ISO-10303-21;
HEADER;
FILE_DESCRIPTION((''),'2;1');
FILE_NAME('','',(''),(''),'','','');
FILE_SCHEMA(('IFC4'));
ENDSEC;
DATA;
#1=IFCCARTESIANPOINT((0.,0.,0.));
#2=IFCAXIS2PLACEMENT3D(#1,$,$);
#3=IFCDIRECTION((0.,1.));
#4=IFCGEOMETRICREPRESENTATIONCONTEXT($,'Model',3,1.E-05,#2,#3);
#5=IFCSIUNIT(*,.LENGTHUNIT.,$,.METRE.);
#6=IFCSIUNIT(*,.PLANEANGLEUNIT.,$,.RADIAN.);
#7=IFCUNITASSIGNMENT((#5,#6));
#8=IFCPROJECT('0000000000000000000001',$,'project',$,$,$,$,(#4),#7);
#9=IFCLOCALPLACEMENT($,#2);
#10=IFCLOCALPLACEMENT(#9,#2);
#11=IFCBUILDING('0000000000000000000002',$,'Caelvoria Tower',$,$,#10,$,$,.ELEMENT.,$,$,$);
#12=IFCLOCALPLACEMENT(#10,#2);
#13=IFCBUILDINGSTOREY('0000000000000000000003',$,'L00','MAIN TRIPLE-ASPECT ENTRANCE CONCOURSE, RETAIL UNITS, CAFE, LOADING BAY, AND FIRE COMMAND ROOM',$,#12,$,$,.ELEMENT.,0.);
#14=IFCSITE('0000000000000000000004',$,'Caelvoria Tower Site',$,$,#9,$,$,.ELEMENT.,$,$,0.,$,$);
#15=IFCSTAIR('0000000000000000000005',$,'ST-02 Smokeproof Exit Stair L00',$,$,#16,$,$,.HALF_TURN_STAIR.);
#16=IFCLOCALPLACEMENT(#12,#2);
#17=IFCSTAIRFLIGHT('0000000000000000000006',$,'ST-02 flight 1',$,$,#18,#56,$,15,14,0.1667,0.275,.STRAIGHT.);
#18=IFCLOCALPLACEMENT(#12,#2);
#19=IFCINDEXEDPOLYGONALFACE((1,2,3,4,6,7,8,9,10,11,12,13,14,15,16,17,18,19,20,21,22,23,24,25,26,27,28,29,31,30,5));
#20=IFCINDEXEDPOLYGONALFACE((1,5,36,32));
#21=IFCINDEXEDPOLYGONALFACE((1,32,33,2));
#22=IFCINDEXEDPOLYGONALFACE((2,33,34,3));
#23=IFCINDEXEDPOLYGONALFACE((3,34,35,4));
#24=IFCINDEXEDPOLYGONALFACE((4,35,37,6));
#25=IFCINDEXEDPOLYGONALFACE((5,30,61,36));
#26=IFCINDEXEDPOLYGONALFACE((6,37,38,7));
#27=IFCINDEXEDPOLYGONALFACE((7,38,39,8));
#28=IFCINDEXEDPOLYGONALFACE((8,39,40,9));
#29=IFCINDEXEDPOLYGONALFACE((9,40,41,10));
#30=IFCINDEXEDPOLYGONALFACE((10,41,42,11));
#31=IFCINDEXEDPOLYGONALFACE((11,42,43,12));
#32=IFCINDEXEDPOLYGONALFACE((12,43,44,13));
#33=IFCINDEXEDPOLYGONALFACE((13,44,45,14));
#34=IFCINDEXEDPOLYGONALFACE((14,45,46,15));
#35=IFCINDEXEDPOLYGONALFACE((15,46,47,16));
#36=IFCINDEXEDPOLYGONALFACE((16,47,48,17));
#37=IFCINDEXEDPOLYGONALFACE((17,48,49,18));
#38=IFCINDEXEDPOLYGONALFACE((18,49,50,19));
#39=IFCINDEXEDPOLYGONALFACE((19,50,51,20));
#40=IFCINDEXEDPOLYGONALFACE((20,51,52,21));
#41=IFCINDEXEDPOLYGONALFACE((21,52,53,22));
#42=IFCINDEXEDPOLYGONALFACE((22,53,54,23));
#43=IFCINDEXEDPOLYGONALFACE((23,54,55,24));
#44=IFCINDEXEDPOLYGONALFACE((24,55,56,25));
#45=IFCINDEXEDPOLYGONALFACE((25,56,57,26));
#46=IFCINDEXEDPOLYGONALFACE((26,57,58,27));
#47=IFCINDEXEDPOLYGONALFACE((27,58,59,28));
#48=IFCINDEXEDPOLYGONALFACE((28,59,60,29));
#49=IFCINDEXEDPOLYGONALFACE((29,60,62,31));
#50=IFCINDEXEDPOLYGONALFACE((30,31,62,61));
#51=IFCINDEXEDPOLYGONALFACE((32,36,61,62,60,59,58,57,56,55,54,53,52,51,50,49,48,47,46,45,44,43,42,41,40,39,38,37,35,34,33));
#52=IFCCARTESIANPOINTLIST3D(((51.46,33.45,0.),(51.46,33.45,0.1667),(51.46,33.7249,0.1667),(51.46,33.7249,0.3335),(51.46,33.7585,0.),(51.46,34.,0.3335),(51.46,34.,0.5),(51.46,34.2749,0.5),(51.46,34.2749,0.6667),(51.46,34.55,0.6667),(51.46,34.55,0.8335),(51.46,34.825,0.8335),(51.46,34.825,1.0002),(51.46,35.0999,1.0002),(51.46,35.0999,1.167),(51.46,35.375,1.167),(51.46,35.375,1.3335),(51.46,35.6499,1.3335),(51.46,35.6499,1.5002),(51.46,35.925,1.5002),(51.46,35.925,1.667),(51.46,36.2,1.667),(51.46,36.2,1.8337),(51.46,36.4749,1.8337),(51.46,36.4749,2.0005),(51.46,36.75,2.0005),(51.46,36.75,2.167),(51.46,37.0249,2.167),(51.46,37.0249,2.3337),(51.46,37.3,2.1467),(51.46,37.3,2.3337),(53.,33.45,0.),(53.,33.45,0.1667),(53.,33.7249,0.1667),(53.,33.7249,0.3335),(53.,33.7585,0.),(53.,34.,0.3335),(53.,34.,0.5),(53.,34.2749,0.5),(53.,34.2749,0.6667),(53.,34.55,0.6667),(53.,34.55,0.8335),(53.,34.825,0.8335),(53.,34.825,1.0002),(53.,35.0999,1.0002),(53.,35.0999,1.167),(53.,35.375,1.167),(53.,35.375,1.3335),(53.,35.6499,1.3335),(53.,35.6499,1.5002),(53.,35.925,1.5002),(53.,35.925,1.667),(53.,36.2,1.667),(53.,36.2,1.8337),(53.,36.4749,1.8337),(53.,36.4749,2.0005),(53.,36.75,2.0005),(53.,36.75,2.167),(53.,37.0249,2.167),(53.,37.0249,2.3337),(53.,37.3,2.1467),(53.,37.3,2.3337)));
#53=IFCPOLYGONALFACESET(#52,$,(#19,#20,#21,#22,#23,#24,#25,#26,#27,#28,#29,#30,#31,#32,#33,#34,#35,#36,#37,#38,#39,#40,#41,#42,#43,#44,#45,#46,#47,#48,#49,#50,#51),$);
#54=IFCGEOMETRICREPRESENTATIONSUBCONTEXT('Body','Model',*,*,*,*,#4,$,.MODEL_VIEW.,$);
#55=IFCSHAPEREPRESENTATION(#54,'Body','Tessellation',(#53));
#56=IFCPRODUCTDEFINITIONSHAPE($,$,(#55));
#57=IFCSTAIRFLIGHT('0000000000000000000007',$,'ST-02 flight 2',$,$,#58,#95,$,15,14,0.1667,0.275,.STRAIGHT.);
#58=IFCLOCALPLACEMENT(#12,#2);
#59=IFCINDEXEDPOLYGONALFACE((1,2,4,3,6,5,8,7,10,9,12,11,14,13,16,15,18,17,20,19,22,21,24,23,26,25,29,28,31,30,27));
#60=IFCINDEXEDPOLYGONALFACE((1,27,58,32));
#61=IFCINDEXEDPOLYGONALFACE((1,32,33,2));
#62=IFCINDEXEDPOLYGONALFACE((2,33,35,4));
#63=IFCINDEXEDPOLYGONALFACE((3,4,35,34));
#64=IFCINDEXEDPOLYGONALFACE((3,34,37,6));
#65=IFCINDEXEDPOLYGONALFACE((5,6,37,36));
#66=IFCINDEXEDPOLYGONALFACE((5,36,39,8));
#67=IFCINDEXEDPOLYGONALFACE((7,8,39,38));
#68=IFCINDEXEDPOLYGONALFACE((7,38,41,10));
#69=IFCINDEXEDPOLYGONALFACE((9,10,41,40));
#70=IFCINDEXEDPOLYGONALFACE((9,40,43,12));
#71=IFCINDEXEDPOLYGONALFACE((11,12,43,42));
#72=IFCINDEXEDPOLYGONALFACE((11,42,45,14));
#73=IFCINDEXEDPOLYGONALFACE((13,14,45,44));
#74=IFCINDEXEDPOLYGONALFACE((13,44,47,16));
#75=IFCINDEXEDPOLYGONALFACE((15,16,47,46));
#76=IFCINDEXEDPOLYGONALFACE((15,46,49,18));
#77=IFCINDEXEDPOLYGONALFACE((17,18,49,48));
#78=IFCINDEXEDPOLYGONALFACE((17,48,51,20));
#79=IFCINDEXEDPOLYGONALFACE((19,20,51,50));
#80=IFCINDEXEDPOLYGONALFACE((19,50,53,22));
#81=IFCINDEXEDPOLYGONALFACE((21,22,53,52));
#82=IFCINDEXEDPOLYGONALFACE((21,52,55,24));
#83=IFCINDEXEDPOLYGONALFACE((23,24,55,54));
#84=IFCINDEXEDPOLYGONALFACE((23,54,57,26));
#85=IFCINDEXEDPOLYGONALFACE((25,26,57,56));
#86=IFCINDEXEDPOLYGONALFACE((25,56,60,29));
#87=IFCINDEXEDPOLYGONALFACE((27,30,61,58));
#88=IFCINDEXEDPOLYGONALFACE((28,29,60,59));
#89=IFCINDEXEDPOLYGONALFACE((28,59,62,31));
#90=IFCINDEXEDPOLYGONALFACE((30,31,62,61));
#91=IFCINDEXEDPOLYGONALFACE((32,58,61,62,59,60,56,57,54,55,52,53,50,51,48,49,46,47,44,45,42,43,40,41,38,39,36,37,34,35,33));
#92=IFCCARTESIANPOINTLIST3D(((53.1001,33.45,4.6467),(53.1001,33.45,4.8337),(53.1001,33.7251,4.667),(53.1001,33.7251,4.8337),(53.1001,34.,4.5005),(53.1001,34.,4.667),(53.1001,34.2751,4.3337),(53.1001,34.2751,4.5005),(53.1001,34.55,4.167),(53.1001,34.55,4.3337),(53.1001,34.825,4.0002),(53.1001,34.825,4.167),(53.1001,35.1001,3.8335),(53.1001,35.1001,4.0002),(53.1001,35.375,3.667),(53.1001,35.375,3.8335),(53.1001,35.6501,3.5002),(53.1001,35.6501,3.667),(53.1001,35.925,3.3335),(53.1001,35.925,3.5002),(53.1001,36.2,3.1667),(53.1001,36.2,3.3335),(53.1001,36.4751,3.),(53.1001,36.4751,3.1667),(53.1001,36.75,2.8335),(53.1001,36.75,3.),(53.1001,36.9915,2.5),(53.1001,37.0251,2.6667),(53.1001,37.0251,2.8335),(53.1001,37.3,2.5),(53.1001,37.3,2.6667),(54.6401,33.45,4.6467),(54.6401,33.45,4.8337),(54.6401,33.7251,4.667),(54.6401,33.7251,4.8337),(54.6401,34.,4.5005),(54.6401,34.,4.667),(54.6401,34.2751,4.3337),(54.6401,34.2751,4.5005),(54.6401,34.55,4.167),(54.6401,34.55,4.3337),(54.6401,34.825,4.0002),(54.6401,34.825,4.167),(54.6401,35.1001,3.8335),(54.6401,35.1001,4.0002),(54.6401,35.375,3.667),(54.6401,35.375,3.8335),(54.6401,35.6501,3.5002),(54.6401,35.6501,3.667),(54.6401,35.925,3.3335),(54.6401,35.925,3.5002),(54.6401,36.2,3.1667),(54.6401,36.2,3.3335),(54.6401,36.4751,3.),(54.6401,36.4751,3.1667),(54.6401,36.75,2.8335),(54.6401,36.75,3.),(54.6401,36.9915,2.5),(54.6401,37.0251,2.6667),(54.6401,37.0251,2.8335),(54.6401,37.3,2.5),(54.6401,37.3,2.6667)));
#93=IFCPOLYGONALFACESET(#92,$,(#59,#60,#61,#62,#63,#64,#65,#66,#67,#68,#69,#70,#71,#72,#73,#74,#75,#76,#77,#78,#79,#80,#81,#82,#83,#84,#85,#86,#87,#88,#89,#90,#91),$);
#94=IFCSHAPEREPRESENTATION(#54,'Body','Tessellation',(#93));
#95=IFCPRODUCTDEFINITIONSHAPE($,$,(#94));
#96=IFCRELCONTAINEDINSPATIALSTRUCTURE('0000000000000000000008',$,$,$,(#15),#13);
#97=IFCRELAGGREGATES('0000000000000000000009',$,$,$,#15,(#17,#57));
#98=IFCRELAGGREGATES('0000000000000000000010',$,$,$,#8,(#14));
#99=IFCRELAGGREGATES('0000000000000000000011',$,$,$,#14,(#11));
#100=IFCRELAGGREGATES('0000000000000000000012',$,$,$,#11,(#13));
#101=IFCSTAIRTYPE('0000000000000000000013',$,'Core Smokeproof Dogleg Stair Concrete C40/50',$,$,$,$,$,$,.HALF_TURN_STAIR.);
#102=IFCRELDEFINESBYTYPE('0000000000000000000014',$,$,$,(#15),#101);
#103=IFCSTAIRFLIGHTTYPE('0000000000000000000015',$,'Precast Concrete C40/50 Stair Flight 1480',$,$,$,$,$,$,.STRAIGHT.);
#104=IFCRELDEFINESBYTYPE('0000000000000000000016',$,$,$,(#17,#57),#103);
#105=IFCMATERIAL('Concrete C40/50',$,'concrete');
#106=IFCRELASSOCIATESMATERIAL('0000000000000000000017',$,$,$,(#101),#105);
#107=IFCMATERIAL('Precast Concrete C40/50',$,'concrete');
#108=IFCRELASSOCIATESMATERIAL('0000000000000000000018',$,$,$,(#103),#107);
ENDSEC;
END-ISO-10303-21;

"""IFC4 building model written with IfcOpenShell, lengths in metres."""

from ifc_helpers import new_model, si_unit, direction, frame, origin, place, context, subcontext, project, spatial, polyline, outline, extrude, material, type_object, element, aggregate, save


model = new_model("IFC4")

# Units and contexts
model_context = context("Model", 3, precision=1e-05, world=origin(), true_north=direction((0.0, 1.0)))
body_context = subcontext(model_context, "Body", "Model", "MODEL_VIEW")
ifc_project = project(units=[si_unit("LENGTHUNIT", "METRE"), si_unit("PLANEANGLEUNIT", "RADIAN")], contexts=[model_context])

# Site, building, storey
site_placement = place(None, origin())
site = spatial("IfcSite", under=ifc_project, at=site_placement, Name="Caelvoria Tower Site", CompositionType="ELEMENT", RefElevation=0.0)
building_placement = place(site_placement, origin())
building = spatial("IfcBuilding", under=site, at=building_placement, Name="Caelvoria Tower", CompositionType="ELEMENT")
storey_placement = place(building_placement, origin())
storey = spatial("IfcBuildingStorey", under=building, at=storey_placement, Name="L00", Description="MAIN TRIPLE-ASPECT ENTRANCE CONCOURSE, RETAIL UNITS, CAFE, LOADING BAY, AND FIRE COMMAND ROOM", CompositionType="ELEMENT", Elevation=0.0)

# Shared definitions
ifc_material_1 = material(Name="Concrete C40/50", Category="concrete")
stair_type = type_object("IfcStairType", Name="Core Smokeproof Dogleg Stair Concrete C40/50", PredefinedType="HALF_TURN_STAIR", material=ifc_material_1)
ifc_material_2 = material(Name="Precast Concrete C40/50", Category="concrete")
stair_flight_type = type_object("IfcStairFlightType", Name="Precast Concrete C40/50 Stair Flight 1480", PredefinedType="STRAIGHT", material=ifc_material_2)

# Stair, stair flights
stair_1_placement = place(storey_placement, origin())
stair_1 = element("IfcStair", 1, at=stair_1_placement, inside=storey, type_object=stair_type, Name="ST-02 Smokeproof Exit Stair L00", PredefinedType="HALF_TURN_STAIR")
stair_flight_1_placement = place(storey_placement, frame((52.23, 33.45, 0.0), z_axis=(0.0, 0.0, 1.0), x_axis=(0.0, 1.0, 0.0)))
stair_flight_1 = element("IfcStairFlight", 2, at=stair_flight_1_placement, type_object=stair_flight_type, Name="ST-02 flight 1", NumberOfRisers=15, NumberOfTreads=14, PredefinedType="STRAIGHT", RiserHeight=0.1667, TreadLength=0.275, context=body_context, shape_type="SweptSolid", body=[
    extrude(outline(polyline([(0.0, 0.0), (0.0, 0.1667), (0.2749, 0.1667), (0.2749, 0.3335), (0.55, 0.3335), (0.55, 0.5), (0.825, 0.5), (0.825, 0.6667), (1.1001, 0.6667), (1.1001, 0.8335), (1.375, 0.8335), (1.375, 1.0002), (1.6499, 1.0002), (1.6499, 1.167), (1.925, 1.167), (1.925, 1.3335), (2.2, 1.3335), (2.2, 1.5002), (2.4751, 1.5002), (2.4751, 1.667), (2.75, 1.667), (2.75, 1.8337), (3.0249, 1.8337), (3.0249, 2.0005), (3.3, 2.0005), (3.3, 2.167), (3.575, 2.167), (3.575, 2.3337), (3.8501, 2.3337), (3.8501, 2.5005), (3.8501, 2.1467), (0.3086, 0.0), (0.0, 0.0)])), frame((0.0, 0.77, 0.0), z_axis=(0.0, -1.0, 0.0), x_axis=(1.0, 0.0, 0.0)), (0.0, 0.0, 1.0), 1.54),
])
stair_flight_2_placement = place(storey_placement, frame((53.8701, 37.3, 2.5), z_axis=(0.0, 0.0, 1.0), x_axis=(0.0, -1.0, 0.0)))
stair_flight_2 = element("IfcStairFlight", 3, at=stair_flight_2_placement, type_object=stair_flight_type, Name="ST-02 flight 2", NumberOfRisers=15, NumberOfTreads=14, PredefinedType="STRAIGHT", RiserHeight=0.1667, TreadLength=0.275, context=body_context, shape_type="SweptSolid", body=[
    extrude(outline(polyline([(0.0, 0.0), (0.0, 0.1667), (0.2749, 0.1667), (0.2749, 0.3335), (0.55, 0.3335), (0.55, 0.5), (0.825, 0.5), (0.825, 0.6667), (1.1001, 0.6667), (1.1001, 0.8335), (1.375, 0.8335), (1.375, 1.0002), (1.6499, 1.0002), (1.6499, 1.167), (1.925, 1.167), (1.925, 1.3335), (2.2, 1.3335), (2.2, 1.5002), (2.4751, 1.5002), (2.4751, 1.667), (2.75, 1.667), (2.75, 1.8337), (3.0249, 1.8337), (3.0249, 2.0005), (3.3, 2.0005), (3.3, 2.167), (3.575, 2.167), (3.575, 2.3337), (3.8501, 2.3337), (3.8501, 2.5005), (3.8501, 2.1467), (0.3086, 0.0), (0.0, 0.0)])), frame((0.0, 0.77, 0.0), z_axis=(0.0, -1.0, 0.0), x_axis=(1.0, 0.0, 0.0)), (0.0, 0.0, 1.0), 1.54),
])
aggregate(stair_1, [stair_flight_1, stair_flight_2])

save(model, "model.ifc")
